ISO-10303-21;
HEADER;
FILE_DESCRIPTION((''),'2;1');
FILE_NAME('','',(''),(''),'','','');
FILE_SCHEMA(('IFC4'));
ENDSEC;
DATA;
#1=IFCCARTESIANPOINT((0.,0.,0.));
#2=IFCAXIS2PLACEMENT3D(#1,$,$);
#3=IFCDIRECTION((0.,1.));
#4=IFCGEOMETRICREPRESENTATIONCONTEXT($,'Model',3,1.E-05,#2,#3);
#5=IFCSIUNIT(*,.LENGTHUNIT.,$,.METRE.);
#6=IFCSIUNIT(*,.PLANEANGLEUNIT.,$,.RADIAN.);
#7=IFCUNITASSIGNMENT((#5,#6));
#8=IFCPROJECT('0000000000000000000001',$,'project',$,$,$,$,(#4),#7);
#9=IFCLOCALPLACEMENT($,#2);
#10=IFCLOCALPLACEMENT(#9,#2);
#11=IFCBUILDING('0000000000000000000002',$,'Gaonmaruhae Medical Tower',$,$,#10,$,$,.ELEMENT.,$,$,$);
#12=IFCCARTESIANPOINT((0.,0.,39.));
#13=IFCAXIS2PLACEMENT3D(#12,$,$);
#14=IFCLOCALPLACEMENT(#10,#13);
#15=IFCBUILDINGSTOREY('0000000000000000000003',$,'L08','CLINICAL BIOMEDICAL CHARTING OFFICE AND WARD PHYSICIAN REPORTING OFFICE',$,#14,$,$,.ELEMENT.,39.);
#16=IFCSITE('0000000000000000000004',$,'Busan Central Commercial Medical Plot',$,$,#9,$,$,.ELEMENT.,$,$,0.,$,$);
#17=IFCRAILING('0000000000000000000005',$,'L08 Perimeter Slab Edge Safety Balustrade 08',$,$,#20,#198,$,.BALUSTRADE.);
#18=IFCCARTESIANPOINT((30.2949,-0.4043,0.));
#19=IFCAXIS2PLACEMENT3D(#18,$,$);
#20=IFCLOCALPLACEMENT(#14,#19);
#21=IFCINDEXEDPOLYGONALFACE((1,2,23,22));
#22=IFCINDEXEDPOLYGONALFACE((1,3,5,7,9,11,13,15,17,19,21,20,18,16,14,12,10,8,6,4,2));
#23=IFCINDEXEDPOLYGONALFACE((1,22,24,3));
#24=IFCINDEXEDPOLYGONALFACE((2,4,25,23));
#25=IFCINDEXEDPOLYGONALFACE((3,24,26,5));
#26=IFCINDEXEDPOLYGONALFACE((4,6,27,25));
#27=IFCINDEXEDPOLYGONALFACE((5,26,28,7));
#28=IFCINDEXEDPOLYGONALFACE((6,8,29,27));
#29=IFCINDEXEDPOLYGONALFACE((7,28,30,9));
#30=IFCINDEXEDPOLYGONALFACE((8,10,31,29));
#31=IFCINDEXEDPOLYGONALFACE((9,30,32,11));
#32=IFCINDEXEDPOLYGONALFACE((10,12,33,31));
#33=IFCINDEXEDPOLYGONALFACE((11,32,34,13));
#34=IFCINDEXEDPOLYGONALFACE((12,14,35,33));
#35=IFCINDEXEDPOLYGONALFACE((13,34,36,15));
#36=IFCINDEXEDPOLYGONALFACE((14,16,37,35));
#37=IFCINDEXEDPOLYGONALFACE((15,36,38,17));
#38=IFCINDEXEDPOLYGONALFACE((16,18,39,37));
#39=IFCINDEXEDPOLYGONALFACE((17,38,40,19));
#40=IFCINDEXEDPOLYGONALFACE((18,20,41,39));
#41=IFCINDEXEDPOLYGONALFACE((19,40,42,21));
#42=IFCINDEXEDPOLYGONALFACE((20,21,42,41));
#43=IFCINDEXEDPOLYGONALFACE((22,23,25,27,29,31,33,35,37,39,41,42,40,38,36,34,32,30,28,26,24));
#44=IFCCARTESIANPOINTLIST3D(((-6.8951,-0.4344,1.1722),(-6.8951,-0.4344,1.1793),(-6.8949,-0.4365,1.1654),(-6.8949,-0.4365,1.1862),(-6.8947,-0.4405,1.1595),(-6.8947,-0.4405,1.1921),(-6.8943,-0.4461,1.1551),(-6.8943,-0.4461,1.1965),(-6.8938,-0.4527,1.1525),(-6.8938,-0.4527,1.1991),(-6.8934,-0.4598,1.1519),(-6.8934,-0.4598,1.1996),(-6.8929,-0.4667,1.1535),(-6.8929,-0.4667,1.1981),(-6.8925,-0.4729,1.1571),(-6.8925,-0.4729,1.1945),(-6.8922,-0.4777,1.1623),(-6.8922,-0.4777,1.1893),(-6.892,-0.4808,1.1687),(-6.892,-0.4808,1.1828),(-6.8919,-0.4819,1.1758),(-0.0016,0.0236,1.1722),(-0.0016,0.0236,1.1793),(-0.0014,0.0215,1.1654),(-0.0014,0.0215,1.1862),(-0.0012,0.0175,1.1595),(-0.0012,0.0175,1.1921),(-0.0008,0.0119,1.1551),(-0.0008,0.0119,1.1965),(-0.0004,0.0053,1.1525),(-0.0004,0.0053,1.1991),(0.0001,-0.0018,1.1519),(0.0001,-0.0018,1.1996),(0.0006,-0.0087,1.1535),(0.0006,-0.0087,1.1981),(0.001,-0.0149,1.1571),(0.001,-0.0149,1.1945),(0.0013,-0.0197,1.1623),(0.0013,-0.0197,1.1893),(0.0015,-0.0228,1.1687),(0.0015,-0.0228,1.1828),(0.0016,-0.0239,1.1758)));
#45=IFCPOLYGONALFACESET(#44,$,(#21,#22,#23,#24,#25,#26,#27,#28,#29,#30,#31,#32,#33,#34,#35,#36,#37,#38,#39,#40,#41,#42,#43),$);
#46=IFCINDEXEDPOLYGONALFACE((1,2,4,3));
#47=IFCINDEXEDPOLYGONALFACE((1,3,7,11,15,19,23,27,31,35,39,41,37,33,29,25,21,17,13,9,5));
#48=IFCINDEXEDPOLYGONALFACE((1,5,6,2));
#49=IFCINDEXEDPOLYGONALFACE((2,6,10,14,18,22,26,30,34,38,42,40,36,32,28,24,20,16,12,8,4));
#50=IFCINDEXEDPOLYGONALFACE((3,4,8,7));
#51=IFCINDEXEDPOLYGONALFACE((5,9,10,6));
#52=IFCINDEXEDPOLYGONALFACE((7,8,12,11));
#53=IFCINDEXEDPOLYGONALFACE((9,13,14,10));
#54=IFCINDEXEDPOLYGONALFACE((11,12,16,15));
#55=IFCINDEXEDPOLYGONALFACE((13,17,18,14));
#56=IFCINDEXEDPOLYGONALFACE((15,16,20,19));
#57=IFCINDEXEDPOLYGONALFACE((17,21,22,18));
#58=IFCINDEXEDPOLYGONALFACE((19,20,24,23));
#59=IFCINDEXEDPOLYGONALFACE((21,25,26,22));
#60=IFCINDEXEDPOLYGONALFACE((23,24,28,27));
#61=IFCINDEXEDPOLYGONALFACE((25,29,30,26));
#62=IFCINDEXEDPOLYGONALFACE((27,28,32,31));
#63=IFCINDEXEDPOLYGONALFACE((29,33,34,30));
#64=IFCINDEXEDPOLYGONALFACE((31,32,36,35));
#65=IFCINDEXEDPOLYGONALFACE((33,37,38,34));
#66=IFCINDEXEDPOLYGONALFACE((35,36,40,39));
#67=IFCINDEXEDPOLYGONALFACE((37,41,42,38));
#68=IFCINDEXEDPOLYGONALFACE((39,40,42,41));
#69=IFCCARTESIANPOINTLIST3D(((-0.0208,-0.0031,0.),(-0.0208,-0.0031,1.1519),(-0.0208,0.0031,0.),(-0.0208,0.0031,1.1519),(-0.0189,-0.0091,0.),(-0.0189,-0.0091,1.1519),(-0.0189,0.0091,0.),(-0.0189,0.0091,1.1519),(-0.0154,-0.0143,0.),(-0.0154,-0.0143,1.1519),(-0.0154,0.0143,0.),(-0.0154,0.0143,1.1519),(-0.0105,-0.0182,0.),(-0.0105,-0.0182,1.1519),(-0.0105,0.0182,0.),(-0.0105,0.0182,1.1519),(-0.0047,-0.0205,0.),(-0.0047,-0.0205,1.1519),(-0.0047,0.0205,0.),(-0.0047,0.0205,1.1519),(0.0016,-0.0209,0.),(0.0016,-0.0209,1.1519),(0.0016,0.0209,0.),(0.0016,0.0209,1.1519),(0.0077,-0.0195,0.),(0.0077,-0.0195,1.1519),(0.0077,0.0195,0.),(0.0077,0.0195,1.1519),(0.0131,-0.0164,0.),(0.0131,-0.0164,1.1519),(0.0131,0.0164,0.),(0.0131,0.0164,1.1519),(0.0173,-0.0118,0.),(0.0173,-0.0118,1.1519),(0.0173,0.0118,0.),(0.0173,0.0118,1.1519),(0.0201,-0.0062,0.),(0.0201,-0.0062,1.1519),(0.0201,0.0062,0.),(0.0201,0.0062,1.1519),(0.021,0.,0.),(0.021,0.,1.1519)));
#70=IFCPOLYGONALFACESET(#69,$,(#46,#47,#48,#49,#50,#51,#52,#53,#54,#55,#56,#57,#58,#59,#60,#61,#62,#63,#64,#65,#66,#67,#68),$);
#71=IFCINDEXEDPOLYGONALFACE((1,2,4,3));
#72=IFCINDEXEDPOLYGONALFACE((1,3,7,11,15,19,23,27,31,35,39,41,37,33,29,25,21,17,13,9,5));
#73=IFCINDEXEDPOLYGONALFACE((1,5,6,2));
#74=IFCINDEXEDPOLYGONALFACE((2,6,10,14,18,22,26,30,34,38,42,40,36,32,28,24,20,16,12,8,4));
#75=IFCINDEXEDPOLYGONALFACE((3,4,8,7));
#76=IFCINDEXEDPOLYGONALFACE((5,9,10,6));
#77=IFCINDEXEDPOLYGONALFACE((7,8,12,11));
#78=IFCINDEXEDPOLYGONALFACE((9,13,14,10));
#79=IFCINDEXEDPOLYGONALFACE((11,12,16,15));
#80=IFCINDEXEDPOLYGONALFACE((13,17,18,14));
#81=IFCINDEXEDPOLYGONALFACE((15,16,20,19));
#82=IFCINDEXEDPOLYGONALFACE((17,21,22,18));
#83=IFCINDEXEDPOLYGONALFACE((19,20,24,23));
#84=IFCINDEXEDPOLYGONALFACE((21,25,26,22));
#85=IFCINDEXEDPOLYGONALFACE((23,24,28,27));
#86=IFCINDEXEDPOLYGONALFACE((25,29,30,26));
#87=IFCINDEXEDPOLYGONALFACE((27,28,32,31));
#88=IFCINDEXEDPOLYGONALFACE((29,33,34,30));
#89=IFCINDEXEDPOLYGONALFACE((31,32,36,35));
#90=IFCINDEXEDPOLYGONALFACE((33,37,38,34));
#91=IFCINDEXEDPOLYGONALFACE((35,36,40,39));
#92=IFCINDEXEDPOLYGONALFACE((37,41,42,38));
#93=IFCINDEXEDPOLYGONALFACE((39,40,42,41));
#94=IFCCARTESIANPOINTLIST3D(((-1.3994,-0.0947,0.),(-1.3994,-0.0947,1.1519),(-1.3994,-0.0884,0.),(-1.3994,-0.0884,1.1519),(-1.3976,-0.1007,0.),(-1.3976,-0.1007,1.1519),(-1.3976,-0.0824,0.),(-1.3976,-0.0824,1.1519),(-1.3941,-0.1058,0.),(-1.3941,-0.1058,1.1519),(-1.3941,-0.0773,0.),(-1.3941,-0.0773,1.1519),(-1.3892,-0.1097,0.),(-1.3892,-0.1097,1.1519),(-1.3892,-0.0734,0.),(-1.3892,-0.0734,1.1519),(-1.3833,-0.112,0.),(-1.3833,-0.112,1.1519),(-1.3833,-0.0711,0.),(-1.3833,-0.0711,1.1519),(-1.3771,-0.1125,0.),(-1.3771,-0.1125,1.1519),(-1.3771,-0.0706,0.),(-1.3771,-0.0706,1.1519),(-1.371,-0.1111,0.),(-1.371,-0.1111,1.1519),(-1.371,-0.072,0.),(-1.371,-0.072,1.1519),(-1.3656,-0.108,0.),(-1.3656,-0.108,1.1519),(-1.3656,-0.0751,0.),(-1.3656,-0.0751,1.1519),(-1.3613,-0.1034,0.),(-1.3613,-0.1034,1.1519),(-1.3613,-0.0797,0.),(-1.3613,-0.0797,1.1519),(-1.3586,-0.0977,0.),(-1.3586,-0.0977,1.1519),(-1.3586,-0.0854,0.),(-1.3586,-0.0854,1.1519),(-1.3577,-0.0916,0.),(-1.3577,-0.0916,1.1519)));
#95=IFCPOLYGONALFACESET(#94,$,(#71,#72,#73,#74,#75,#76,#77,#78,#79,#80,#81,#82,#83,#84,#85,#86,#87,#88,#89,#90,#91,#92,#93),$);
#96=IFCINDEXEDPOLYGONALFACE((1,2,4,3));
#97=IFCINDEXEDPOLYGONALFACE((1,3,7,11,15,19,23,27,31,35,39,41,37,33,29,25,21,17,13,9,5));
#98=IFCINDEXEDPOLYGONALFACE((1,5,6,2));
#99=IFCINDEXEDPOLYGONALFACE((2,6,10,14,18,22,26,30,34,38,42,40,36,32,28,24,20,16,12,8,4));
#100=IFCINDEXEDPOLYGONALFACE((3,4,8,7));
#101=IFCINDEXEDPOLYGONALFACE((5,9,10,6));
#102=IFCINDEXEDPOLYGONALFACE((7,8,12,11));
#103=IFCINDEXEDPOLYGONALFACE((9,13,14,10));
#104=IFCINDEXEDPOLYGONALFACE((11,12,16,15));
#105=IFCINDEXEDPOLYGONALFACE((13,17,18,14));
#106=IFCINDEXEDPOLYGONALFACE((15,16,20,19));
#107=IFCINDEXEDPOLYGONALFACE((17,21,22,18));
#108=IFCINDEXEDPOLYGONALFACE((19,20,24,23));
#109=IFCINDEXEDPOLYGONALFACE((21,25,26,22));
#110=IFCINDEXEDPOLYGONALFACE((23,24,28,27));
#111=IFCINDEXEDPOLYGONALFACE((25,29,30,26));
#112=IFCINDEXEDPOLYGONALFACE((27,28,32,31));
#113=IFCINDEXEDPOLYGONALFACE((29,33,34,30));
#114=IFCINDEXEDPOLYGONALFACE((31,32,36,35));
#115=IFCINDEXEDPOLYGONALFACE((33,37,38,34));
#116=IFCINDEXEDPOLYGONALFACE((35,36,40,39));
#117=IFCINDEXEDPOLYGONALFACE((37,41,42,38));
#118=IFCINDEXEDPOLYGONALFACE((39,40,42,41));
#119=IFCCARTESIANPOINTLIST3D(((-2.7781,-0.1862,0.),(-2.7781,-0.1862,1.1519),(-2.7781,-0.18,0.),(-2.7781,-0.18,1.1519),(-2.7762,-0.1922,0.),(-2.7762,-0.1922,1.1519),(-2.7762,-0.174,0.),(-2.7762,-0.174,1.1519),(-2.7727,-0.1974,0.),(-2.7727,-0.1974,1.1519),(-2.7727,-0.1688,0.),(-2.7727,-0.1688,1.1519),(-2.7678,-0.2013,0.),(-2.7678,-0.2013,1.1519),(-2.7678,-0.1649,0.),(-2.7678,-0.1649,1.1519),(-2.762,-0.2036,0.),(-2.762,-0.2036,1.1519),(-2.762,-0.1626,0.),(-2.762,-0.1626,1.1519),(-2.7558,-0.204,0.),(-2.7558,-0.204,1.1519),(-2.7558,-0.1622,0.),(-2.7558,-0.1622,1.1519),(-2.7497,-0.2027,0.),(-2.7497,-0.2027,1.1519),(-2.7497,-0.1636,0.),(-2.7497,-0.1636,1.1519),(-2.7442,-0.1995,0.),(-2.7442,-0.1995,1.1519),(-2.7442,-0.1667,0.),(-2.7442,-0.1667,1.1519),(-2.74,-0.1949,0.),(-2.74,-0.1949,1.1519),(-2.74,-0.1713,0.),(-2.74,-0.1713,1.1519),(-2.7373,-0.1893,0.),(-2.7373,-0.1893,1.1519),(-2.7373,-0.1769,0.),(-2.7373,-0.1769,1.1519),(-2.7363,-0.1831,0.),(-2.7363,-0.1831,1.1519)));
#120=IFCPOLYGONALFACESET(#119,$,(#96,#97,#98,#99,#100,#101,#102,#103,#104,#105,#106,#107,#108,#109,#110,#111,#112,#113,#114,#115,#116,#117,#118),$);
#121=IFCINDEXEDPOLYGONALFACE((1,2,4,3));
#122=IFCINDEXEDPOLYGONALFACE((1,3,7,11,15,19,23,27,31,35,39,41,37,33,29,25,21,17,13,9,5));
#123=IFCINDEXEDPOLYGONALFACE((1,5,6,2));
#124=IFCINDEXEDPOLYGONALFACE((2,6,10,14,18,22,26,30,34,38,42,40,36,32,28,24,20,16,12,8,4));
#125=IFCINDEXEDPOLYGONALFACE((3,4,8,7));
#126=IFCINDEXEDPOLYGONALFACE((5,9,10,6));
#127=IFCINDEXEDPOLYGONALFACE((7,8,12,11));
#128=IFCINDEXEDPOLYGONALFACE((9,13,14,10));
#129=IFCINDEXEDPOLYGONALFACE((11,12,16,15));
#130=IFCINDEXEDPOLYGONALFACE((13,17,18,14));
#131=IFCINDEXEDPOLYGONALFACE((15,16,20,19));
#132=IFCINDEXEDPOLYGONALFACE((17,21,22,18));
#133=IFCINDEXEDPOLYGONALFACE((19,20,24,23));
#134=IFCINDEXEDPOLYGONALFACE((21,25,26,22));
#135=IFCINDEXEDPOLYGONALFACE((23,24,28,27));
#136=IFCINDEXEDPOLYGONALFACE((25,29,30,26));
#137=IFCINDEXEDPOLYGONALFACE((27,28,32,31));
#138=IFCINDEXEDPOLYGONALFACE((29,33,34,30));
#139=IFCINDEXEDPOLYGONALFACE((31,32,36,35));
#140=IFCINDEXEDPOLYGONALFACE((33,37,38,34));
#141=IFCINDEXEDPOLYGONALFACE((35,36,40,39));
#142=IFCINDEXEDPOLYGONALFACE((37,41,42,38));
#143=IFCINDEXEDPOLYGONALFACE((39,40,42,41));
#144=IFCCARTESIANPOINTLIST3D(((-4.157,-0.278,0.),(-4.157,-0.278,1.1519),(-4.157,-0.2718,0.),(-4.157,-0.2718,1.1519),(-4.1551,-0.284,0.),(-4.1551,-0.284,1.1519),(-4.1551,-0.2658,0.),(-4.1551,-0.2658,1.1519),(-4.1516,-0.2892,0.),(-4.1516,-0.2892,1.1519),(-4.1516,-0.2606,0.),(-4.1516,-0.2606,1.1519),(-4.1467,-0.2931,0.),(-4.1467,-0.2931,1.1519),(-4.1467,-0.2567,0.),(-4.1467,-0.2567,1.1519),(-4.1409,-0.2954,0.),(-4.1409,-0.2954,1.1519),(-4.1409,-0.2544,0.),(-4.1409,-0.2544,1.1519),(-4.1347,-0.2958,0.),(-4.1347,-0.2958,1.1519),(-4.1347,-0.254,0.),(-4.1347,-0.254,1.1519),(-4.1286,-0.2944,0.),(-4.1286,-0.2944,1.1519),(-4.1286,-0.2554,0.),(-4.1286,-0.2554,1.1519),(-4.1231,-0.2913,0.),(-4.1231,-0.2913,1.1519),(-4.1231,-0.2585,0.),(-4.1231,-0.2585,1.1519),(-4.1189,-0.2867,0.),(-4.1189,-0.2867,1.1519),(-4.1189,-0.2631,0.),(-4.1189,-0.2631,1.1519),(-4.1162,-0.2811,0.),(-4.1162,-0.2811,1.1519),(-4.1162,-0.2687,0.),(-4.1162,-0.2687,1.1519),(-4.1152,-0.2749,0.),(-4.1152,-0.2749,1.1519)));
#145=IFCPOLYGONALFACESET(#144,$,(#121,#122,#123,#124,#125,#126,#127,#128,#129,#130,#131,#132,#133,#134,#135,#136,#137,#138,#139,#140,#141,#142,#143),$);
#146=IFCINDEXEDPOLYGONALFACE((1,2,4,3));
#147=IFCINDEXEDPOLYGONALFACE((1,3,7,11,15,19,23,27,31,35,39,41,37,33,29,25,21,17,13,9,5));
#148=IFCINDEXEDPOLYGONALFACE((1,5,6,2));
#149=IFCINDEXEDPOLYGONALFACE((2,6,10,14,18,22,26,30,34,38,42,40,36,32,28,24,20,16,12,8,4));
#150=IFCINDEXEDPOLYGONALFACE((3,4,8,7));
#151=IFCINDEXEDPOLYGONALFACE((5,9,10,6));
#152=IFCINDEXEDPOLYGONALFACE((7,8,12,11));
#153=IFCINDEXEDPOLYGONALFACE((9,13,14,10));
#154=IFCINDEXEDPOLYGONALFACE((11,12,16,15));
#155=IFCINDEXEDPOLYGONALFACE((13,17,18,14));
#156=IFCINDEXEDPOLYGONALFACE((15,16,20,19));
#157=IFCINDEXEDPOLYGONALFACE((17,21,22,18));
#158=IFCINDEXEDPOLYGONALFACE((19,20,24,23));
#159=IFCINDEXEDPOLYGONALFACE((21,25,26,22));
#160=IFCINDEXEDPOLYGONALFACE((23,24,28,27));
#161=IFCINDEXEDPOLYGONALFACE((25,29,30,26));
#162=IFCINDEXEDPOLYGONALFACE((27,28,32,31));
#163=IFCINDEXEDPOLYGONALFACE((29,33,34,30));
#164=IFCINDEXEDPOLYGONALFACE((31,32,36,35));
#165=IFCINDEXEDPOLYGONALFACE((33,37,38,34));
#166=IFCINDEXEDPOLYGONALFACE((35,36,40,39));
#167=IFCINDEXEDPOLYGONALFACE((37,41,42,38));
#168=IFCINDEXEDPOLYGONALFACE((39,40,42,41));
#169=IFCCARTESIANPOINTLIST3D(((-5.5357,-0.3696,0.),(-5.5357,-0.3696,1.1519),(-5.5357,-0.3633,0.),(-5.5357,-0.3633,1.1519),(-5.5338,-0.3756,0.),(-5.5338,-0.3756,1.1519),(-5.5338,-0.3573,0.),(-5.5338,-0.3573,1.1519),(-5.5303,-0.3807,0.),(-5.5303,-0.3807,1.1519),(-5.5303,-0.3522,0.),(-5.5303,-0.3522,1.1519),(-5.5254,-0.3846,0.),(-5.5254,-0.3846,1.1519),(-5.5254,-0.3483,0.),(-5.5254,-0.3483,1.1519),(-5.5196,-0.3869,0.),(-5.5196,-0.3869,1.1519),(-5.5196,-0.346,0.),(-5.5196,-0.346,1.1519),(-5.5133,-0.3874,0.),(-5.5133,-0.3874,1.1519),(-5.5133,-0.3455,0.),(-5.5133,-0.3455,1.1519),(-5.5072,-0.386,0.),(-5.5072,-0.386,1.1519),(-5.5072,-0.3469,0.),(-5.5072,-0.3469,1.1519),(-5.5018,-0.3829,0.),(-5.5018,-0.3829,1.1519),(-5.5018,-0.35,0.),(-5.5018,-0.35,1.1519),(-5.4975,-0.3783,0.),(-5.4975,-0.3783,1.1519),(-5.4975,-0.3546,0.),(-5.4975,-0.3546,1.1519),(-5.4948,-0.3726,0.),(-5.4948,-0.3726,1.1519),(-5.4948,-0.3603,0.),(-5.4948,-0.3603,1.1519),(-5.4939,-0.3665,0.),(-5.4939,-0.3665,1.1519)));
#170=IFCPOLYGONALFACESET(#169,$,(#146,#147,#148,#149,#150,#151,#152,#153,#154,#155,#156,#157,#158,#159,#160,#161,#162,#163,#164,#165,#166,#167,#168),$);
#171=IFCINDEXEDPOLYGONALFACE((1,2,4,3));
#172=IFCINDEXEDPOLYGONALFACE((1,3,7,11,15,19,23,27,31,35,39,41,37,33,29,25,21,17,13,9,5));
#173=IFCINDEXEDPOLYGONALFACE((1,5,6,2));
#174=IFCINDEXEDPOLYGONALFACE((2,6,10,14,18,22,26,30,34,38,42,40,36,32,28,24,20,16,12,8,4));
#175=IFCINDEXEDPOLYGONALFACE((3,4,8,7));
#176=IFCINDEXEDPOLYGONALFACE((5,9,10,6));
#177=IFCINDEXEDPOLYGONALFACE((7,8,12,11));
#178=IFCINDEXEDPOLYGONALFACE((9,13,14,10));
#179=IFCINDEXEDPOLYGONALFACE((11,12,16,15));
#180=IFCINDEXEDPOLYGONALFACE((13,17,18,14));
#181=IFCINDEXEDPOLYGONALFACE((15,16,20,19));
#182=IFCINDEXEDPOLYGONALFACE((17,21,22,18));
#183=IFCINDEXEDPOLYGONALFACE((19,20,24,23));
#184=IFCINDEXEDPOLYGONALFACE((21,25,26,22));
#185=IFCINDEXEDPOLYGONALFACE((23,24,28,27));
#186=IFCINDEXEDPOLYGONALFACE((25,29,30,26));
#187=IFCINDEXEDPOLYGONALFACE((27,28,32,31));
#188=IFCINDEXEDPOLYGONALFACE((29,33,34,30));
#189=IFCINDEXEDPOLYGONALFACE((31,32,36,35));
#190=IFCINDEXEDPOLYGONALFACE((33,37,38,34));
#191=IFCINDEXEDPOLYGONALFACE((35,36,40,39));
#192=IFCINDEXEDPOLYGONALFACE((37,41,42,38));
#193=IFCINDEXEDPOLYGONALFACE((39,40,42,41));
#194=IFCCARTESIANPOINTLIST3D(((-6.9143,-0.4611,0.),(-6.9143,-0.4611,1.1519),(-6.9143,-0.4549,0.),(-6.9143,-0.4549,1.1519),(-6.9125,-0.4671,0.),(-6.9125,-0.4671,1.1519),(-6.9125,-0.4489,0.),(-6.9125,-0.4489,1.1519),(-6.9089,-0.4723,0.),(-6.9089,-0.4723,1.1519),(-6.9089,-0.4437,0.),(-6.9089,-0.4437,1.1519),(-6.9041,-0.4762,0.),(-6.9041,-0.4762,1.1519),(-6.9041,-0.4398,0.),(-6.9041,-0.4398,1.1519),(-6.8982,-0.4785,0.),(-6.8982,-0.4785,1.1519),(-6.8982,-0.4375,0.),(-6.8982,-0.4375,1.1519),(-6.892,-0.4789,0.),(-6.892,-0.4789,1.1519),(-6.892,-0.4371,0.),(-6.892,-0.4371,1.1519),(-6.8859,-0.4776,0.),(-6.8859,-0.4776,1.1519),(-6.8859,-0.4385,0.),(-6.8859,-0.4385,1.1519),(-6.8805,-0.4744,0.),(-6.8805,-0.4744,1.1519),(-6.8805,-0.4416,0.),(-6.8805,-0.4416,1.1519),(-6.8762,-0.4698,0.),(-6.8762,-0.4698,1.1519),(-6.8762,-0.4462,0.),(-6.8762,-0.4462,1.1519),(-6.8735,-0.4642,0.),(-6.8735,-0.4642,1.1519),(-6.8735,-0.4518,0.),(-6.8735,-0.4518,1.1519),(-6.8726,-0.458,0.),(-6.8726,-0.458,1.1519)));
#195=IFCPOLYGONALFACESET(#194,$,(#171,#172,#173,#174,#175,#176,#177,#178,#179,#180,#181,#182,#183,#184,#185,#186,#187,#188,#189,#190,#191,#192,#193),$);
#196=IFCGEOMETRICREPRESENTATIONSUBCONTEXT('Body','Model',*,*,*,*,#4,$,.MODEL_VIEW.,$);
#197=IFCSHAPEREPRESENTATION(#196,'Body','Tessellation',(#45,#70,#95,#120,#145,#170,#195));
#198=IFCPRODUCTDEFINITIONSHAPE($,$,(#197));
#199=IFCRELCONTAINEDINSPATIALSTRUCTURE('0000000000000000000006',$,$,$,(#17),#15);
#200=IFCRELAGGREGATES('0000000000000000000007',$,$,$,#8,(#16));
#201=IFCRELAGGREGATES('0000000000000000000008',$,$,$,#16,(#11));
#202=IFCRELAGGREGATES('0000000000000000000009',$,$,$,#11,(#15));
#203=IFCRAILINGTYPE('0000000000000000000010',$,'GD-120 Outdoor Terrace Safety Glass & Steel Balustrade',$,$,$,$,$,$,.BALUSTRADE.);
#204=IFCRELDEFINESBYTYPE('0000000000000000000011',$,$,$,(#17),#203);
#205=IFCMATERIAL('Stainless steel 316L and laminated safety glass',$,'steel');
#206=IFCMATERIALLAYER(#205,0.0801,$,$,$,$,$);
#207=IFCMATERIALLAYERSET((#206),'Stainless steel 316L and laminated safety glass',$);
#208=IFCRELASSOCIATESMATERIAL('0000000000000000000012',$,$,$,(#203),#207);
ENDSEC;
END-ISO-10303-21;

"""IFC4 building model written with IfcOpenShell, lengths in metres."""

from ifc_helpers import new_model, si_unit, direction, frame, origin, origin_2d, place, context, subcontext, project, spatial, circle, extrude, material, layer, layer_set, type_object, element, save


model = new_model("IFC4")

# Units and contexts
model_context = context("Model", 3, precision=1e-05, world=origin(), true_north=direction((0.0, 1.0)))
body_context = subcontext(model_context, "Body", "Model", "MODEL_VIEW")
ifc_project = project(units=[si_unit("LENGTHUNIT", "METRE"), si_unit("PLANEANGLEUNIT", "RADIAN")], contexts=[model_context])

# Site, building, storey
site_placement = place(None, origin())
site = spatial("IfcSite", under=ifc_project, at=site_placement, Name="Busan Central Commercial Medical Plot", CompositionType="ELEMENT", RefElevation=0.0)
building_placement = place(site_placement, origin())
building = spatial("IfcBuilding", under=site, at=building_placement, Name="Gaonmaruhae Medical Tower", CompositionType="ELEMENT")
storey_placement = place(building_placement, frame((0.0, 0.0, 39.0)))
storey = spatial("IfcBuildingStorey", under=building, at=storey_placement, Name="L08", Description="CLINICAL BIOMEDICAL CHARTING OFFICE AND WARD PHYSICIAN REPORTING OFFICE", CompositionType="ELEMENT", Elevation=39.0)

# Railing
ifc_material_1 = material(Name="Stainless steel 316L and laminated safety glass", Category="steel")
ifc_layer_1 = layer(ifc_material_1, 0.0801)
ifc_layer_set_1 = layer_set([ifc_layer_1], Name="Stainless steel 316L and laminated safety glass")
railing_type = type_object("IfcRailingType", Name="GD-120 Outdoor Terrace Safety Glass & Steel Balustrade", PredefinedType="BALUSTRADE", material=ifc_layer_set_1)
railing_1_placement = place(storey_placement, frame((30.2949, -0.4043, 0.0)))
element("IfcRailing", 1, at=railing_1_placement, inside=storey, type_object=railing_type, Name="L08 Perimeter Slab Edge Safety Balustrade 08", PredefinedType="BALUSTRADE", context=body_context, shape_type="SweptSolid", body=[
    extrude(circle(Radius=0.0239, at=origin_2d()), frame((0.0, 0.0, 1.1758), z_axis=(-0.9978, -0.066294, 0.0), x_axis=(0.066294, -0.9978, 0.0)), (0.0, 0.0, 1.0), 6.9087),
    extrude(circle(Radius=0.021, at=origin_2d()), origin(), (0.0, 0.0, 1.0), 1.1519),
    extrude(circle(Radius=0.021, at=origin_2d()), frame((-1.3787, -0.0916, 0.0)), (0.0, 0.0, 1.0), 1.1519),
    extrude(circle(Radius=0.021, at=origin_2d()), frame((-2.7573, -0.1831, 0.0)), (0.0, 0.0, 1.0), 1.1519),
    extrude(circle(Radius=0.021, at=origin_2d()), frame((-4.1362, -0.2749, 0.0)), (0.0, 0.0, 1.0), 1.1519),
    extrude(circle(Radius=0.021, at=origin_2d()), frame((-5.5149, -0.3665, 0.0)), (0.0, 0.0, 1.0), 1.1519),
    extrude(circle(Radius=0.021, at=origin_2d()), frame((-6.8936, -0.458, 0.0)), (0.0, 0.0, 1.0), 1.1519),
])

save(model, "model.ifc")
